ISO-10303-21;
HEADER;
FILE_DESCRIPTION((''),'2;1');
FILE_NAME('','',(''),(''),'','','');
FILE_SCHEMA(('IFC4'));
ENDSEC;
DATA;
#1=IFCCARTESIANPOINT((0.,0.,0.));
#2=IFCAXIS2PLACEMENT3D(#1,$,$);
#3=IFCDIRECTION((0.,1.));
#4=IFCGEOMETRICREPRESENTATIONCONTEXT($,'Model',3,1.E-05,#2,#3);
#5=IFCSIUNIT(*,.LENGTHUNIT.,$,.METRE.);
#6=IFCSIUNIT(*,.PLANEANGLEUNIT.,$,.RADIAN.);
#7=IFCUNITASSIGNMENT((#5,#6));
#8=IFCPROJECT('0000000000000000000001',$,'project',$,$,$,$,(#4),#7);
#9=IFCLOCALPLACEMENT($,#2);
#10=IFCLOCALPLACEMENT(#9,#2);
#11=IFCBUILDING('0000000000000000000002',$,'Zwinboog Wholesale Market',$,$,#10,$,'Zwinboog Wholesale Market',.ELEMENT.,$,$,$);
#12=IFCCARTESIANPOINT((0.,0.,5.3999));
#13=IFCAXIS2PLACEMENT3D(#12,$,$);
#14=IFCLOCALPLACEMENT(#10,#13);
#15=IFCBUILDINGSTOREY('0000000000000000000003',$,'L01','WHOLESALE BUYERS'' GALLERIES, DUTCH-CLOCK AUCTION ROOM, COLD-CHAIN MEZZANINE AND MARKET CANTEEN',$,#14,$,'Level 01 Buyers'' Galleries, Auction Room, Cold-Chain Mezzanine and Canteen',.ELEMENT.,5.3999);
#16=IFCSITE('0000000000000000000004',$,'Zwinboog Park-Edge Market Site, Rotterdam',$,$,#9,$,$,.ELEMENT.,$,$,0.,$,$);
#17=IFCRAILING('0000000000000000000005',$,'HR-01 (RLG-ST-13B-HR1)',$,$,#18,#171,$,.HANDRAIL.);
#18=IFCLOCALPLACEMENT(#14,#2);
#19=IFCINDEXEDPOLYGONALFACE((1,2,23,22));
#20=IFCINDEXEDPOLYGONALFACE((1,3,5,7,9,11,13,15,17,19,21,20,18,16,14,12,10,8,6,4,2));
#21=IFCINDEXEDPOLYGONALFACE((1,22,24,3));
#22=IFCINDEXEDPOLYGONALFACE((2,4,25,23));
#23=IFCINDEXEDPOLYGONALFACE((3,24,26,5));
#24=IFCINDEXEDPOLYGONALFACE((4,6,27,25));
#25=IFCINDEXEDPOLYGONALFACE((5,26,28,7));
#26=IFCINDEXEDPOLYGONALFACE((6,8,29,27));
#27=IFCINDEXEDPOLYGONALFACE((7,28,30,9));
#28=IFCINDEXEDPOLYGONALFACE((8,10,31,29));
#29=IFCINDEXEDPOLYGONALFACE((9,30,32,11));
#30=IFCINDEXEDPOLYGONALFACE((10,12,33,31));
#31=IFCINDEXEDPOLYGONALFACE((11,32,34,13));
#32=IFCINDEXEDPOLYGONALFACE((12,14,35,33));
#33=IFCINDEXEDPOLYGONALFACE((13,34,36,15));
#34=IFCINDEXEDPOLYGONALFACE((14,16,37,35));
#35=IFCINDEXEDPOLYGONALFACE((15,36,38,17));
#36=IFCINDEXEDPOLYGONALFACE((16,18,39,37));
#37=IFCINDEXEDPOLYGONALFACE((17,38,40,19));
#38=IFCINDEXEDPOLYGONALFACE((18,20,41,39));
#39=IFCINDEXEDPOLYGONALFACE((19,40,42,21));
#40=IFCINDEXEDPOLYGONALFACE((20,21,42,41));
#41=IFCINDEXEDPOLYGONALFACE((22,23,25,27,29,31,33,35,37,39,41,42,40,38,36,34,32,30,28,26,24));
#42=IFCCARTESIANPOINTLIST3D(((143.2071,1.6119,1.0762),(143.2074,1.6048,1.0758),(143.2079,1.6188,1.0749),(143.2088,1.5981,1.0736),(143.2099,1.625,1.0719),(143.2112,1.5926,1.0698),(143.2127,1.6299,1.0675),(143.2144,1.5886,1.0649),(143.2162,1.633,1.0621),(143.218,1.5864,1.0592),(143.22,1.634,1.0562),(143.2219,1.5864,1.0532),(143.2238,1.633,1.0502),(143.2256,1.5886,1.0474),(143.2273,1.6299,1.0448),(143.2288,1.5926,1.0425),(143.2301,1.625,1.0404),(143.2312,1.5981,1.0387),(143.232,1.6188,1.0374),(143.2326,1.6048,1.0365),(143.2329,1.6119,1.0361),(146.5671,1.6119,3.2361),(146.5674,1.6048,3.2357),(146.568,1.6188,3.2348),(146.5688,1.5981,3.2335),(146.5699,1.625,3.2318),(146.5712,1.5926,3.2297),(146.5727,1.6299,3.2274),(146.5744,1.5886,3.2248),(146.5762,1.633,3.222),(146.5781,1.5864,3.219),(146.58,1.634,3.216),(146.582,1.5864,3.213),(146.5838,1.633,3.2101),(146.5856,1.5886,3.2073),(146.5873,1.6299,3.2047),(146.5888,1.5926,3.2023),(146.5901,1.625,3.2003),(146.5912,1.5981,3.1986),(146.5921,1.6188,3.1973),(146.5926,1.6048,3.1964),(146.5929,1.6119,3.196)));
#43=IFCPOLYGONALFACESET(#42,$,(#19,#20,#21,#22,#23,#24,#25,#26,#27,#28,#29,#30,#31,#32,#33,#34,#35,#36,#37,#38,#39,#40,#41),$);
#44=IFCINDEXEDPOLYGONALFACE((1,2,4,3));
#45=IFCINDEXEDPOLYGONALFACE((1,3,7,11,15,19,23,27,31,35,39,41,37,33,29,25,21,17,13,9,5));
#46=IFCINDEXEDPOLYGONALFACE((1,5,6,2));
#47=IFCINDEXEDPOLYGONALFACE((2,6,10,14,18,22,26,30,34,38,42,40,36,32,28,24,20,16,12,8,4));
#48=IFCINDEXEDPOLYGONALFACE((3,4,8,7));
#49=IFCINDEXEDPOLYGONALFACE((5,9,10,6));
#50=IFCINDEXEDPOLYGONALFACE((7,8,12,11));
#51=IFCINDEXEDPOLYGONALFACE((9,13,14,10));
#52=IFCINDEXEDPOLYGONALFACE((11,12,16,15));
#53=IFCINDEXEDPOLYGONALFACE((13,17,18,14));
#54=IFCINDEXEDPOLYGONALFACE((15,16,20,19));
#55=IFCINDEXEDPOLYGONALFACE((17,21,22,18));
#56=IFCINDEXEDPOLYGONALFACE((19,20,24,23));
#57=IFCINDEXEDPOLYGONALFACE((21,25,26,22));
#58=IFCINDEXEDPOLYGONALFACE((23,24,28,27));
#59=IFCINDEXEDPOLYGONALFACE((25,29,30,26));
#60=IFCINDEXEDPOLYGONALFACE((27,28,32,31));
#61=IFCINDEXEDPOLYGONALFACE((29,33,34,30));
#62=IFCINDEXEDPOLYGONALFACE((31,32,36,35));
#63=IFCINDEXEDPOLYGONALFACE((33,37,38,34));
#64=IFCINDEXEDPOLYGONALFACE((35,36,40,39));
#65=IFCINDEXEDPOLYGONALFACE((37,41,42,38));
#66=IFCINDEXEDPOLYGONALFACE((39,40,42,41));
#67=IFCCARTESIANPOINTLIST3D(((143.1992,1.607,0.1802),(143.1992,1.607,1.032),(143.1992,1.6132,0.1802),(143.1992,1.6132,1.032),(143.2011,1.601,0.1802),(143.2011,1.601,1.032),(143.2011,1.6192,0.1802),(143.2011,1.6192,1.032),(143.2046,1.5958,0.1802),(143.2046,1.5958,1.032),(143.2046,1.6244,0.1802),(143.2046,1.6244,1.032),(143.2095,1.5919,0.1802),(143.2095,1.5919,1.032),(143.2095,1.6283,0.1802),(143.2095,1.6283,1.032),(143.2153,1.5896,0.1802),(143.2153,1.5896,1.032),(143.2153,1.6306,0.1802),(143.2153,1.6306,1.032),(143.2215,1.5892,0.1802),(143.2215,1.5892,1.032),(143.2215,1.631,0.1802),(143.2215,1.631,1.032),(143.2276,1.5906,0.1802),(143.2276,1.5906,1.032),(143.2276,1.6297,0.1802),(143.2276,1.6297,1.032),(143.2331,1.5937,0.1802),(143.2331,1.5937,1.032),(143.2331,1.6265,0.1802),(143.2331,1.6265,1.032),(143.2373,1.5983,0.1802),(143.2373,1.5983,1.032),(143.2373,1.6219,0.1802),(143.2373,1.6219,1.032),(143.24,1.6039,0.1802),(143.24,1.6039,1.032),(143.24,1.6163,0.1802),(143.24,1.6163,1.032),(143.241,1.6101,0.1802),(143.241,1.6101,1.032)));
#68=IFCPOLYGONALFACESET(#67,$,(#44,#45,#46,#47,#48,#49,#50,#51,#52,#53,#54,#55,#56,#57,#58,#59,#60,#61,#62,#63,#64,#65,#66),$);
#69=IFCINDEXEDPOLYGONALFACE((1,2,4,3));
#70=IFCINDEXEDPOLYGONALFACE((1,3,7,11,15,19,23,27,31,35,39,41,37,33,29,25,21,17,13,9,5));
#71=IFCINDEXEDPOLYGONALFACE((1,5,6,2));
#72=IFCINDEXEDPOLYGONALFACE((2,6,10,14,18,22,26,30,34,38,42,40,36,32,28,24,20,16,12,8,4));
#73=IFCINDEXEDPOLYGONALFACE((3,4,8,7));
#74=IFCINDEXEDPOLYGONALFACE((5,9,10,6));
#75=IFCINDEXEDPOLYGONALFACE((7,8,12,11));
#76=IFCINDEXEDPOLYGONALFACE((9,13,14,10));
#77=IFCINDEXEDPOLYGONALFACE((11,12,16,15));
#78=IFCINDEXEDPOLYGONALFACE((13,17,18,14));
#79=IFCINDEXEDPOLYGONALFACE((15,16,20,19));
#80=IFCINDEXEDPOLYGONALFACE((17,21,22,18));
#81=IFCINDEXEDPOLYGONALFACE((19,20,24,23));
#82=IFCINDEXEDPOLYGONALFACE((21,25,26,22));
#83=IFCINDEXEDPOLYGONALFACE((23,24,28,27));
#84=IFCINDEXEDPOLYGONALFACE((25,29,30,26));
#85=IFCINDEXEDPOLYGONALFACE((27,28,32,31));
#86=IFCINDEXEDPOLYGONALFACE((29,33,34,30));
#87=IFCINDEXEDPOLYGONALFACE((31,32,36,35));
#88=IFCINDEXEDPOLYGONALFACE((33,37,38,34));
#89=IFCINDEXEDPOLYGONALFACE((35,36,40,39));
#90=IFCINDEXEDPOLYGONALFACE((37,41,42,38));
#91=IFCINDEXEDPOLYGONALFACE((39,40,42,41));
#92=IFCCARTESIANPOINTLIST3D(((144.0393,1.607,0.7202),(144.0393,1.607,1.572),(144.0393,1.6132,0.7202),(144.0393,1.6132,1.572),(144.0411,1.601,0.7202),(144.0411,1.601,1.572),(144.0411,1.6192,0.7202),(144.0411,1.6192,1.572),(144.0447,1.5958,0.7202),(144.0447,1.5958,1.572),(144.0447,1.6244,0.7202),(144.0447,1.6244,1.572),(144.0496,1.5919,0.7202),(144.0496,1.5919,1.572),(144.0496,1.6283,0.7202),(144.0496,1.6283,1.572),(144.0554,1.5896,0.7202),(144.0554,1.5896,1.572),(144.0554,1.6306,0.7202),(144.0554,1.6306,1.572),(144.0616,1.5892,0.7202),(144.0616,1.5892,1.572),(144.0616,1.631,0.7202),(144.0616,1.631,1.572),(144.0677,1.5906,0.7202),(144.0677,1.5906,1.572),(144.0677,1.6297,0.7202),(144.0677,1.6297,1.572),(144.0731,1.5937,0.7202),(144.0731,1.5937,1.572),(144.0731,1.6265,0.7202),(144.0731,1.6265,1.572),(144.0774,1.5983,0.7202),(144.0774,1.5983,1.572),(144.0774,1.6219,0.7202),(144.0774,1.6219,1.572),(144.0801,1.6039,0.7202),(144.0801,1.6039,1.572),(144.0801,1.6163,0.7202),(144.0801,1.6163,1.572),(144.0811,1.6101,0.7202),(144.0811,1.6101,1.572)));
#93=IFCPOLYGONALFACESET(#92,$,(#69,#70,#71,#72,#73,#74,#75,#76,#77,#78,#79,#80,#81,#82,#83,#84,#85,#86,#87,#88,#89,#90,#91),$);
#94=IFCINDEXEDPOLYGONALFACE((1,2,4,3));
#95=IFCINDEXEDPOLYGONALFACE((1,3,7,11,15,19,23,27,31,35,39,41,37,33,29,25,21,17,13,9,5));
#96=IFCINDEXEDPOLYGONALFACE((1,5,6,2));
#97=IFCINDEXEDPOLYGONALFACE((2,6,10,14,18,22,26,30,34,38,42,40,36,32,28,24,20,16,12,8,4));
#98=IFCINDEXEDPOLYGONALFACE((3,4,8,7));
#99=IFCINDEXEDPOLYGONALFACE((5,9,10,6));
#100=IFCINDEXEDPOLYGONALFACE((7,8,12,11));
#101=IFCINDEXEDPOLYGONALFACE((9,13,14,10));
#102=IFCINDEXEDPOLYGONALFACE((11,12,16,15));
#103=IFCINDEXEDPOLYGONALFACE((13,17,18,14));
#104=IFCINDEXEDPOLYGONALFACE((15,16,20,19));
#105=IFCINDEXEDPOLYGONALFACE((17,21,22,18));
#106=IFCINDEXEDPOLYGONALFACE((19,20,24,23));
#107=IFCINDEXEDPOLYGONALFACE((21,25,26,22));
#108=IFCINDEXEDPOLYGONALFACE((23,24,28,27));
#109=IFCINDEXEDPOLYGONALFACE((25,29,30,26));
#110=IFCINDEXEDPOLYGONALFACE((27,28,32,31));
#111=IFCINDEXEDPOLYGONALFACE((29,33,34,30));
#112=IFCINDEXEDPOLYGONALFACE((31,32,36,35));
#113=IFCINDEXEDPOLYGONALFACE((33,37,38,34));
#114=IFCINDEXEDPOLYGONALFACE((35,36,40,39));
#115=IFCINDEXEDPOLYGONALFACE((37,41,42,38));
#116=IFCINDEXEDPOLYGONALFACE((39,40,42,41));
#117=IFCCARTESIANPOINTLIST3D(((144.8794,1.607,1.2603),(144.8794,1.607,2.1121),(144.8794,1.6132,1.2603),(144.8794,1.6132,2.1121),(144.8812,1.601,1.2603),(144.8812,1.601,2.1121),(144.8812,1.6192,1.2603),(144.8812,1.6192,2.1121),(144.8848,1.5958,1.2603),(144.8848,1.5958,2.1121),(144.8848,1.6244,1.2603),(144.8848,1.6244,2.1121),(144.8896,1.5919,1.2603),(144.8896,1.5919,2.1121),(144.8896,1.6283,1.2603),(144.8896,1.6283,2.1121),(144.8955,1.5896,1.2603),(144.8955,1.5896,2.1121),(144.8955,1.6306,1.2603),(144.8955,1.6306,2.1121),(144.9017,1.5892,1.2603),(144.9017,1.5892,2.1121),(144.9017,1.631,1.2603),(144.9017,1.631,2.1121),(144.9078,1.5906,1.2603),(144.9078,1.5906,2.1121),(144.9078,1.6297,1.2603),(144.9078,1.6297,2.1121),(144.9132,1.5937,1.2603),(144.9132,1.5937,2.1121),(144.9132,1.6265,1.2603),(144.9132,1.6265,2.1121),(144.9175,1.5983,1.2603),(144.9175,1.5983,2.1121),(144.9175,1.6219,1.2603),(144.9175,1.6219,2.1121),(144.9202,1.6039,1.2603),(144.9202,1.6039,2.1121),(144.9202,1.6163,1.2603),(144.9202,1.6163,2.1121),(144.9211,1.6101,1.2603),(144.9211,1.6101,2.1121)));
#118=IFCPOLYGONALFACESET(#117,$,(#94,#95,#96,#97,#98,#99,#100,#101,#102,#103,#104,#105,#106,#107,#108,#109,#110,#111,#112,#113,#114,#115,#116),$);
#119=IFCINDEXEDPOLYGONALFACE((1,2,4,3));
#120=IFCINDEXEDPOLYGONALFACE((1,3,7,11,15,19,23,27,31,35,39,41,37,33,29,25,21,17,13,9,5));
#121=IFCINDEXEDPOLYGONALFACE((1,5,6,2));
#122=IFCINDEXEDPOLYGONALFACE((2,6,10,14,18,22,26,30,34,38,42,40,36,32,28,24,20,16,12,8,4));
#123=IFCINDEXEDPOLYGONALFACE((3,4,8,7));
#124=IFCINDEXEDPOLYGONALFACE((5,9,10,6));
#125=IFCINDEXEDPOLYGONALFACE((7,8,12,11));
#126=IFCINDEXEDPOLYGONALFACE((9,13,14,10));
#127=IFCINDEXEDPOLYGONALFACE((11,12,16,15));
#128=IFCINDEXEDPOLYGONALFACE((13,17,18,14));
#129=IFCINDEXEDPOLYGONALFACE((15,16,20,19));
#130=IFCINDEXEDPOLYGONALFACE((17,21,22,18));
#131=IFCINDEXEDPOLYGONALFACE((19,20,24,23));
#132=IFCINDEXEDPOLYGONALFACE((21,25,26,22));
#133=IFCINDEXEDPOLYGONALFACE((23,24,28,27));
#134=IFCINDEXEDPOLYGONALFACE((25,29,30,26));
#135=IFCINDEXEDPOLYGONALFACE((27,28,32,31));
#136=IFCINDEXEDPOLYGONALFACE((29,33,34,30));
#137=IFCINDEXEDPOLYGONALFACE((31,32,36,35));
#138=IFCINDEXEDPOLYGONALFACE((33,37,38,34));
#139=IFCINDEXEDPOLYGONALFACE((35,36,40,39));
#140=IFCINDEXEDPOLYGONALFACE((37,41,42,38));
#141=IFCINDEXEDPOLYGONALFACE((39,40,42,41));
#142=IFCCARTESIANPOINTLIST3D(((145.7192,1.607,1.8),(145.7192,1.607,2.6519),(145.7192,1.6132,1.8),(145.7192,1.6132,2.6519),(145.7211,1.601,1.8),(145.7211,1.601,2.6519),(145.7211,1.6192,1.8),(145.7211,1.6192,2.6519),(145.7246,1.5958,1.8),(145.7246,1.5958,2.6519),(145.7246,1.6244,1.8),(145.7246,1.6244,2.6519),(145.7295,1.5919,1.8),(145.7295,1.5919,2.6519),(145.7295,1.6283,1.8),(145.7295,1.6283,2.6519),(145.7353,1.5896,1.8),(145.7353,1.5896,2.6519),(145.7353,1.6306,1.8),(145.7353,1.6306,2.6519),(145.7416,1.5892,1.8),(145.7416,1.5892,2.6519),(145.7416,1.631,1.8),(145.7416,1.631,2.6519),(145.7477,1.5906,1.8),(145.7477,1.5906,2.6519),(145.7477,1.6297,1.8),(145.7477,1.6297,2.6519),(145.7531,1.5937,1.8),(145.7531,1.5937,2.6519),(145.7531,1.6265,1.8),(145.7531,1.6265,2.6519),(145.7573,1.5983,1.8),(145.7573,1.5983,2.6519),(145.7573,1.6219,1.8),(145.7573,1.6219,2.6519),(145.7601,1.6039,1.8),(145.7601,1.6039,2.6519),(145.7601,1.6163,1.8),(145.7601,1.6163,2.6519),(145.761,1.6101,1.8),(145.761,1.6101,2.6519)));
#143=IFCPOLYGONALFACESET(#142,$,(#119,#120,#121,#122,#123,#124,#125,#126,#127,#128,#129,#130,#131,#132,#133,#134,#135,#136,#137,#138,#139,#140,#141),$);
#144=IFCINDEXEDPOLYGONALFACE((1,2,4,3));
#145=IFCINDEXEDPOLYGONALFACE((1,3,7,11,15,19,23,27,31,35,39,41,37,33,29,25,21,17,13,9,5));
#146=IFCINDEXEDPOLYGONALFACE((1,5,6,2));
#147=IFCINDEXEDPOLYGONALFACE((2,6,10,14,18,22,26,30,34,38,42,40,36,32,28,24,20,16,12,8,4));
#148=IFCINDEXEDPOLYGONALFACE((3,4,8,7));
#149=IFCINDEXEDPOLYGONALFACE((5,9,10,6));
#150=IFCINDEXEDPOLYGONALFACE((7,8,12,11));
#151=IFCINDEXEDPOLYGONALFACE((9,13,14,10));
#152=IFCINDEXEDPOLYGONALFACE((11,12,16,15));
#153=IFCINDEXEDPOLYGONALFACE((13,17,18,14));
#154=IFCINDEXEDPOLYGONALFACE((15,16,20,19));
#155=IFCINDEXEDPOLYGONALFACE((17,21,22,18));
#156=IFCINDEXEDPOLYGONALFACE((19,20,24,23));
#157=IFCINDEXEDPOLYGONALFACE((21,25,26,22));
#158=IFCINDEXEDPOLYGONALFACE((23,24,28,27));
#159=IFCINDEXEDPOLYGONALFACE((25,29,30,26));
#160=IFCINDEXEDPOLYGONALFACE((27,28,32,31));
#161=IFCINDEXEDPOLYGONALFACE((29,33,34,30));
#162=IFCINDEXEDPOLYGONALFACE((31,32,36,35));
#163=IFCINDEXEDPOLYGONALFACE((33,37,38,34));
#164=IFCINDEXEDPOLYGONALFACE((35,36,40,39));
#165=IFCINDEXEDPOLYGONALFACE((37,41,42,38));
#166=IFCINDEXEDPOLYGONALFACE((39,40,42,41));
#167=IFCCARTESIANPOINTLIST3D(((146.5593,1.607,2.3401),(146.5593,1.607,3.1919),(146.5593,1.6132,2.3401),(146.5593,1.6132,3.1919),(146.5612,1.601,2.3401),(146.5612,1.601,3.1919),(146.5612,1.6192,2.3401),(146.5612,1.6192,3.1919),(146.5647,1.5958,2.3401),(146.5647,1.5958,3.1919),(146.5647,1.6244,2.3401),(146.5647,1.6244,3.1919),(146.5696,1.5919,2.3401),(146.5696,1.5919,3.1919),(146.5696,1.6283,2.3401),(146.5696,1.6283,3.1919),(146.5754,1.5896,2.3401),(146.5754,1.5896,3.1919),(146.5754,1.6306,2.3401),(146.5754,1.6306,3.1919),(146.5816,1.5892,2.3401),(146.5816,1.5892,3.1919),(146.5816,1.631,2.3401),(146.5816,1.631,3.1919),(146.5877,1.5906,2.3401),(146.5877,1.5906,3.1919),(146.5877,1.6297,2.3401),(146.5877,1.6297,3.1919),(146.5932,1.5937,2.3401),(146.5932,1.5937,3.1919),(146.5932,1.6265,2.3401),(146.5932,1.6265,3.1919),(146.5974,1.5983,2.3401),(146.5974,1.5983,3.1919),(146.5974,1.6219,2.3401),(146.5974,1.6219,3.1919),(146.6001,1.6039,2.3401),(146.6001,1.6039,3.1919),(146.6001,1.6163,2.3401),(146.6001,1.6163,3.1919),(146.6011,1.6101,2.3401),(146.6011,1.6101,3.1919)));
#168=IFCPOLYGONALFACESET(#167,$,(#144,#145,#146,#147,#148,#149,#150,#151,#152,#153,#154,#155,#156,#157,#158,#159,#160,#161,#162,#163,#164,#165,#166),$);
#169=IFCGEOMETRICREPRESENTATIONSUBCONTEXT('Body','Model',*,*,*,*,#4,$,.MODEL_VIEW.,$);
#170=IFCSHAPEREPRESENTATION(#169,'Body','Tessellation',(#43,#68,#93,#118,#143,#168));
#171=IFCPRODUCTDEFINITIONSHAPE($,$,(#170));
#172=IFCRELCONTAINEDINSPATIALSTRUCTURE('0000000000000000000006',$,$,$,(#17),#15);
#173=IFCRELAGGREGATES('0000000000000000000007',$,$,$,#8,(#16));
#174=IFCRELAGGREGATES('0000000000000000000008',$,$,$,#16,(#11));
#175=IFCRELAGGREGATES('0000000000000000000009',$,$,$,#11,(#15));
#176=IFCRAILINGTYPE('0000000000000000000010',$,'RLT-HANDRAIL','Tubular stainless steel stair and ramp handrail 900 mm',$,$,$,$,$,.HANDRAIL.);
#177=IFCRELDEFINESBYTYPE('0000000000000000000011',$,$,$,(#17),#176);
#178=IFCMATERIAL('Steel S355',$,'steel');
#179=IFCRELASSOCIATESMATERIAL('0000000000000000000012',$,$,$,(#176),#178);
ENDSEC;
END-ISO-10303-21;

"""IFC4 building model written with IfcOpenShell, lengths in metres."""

from ifc_helpers import new_model, si_unit, direction, frame, origin, origin_2d, place, context, subcontext, project, spatial, circle, extrude, material, type_object, element, save


model = new_model("IFC4")

# Units and contexts
model_context = context("Model", 3, precision=1e-05, world=origin(), true_north=direction((0.0, 1.0)))
body_context = subcontext(model_context, "Body", "Model", "MODEL_VIEW")
ifc_project = project(units=[si_unit("LENGTHUNIT", "METRE"), si_unit("PLANEANGLEUNIT", "RADIAN")], contexts=[model_context])

# Site, building, storey
site_placement = place(None, origin())
site = spatial("IfcSite", under=ifc_project, at=site_placement, Name="Zwinboog Park-Edge Market Site, Rotterdam", CompositionType="ELEMENT", RefElevation=0.0)
building_placement = place(site_placement, origin())
building = spatial("IfcBuilding", under=site, at=building_placement, Name="Zwinboog Wholesale Market", LongName="Zwinboog Wholesale Market", CompositionType="ELEMENT")
storey_placement = place(building_placement, frame((0.0, 0.0, 5.3999)))
storey = spatial("IfcBuildingStorey", under=building, at=storey_placement, Name="L01", Description="WHOLESALE BUYERS' GALLERIES, DUTCH-CLOCK AUCTION ROOM, COLD-CHAIN MEZZANINE AND MARKET CANTEEN", LongName="Level 01 Buyers' Galleries, Auction Room, Cold-Chain Mezzanine and Canteen", CompositionType="ELEMENT", Elevation=5.3999)

# Railing
ifc_material_1 = material(Name="Steel S355", Category="steel")
railing_type_1 = type_object("IfcRailingType", Name="RLT-HANDRAIL", Description="Tubular stainless steel stair and ramp handrail 900 mm", PredefinedType="HANDRAIL", material=ifc_material_1)
for number, where, name in (
    (1, (143.22, 1.6101, 0.1802), "HR-01 (RLG-ST-13B-HR1)"),
):
    element("IfcRailing", number, at=place(storey_placement, frame(where)), inside=storey, type_object=railing_type_1, Name=name, PredefinedType="HANDRAIL", context=body_context, shape_type="SweptSolid", body=[
        extrude(circle(Radius=0.0239, at=origin_2d()), frame((0.0, 0.0, 0.876), z_axis=(0.841196, 0.0, 0.54073), x_axis=(0.0, 1.0, 0.0)), (0.0, 0.0, 1.0), 3.9944),
        extrude(circle(Radius=0.021, at=origin_2d()), origin(), (0.0, 0.0, 1.0), 0.8518),
        extrude(circle(Radius=0.021, at=origin_2d()), frame((0.8401, 0.0, 0.54)), (0.0, 0.0, 1.0), 0.8518),
        extrude(circle(Radius=0.021, at=origin_2d()), frame((1.6802, 0.0, 1.0801)), (0.0, 0.0, 1.0), 0.8518),
        extrude(circle(Radius=0.021, at=origin_2d()), frame((2.52, 0.0, 1.6199)), (0.0, 0.0, 1.0), 0.8518),
        extrude(circle(Radius=0.021, at=origin_2d()), frame((3.3601, 0.0, 2.1599)), (0.0, 0.0, 1.0), 0.8518),
    ])

save(model, "model.ifc")
